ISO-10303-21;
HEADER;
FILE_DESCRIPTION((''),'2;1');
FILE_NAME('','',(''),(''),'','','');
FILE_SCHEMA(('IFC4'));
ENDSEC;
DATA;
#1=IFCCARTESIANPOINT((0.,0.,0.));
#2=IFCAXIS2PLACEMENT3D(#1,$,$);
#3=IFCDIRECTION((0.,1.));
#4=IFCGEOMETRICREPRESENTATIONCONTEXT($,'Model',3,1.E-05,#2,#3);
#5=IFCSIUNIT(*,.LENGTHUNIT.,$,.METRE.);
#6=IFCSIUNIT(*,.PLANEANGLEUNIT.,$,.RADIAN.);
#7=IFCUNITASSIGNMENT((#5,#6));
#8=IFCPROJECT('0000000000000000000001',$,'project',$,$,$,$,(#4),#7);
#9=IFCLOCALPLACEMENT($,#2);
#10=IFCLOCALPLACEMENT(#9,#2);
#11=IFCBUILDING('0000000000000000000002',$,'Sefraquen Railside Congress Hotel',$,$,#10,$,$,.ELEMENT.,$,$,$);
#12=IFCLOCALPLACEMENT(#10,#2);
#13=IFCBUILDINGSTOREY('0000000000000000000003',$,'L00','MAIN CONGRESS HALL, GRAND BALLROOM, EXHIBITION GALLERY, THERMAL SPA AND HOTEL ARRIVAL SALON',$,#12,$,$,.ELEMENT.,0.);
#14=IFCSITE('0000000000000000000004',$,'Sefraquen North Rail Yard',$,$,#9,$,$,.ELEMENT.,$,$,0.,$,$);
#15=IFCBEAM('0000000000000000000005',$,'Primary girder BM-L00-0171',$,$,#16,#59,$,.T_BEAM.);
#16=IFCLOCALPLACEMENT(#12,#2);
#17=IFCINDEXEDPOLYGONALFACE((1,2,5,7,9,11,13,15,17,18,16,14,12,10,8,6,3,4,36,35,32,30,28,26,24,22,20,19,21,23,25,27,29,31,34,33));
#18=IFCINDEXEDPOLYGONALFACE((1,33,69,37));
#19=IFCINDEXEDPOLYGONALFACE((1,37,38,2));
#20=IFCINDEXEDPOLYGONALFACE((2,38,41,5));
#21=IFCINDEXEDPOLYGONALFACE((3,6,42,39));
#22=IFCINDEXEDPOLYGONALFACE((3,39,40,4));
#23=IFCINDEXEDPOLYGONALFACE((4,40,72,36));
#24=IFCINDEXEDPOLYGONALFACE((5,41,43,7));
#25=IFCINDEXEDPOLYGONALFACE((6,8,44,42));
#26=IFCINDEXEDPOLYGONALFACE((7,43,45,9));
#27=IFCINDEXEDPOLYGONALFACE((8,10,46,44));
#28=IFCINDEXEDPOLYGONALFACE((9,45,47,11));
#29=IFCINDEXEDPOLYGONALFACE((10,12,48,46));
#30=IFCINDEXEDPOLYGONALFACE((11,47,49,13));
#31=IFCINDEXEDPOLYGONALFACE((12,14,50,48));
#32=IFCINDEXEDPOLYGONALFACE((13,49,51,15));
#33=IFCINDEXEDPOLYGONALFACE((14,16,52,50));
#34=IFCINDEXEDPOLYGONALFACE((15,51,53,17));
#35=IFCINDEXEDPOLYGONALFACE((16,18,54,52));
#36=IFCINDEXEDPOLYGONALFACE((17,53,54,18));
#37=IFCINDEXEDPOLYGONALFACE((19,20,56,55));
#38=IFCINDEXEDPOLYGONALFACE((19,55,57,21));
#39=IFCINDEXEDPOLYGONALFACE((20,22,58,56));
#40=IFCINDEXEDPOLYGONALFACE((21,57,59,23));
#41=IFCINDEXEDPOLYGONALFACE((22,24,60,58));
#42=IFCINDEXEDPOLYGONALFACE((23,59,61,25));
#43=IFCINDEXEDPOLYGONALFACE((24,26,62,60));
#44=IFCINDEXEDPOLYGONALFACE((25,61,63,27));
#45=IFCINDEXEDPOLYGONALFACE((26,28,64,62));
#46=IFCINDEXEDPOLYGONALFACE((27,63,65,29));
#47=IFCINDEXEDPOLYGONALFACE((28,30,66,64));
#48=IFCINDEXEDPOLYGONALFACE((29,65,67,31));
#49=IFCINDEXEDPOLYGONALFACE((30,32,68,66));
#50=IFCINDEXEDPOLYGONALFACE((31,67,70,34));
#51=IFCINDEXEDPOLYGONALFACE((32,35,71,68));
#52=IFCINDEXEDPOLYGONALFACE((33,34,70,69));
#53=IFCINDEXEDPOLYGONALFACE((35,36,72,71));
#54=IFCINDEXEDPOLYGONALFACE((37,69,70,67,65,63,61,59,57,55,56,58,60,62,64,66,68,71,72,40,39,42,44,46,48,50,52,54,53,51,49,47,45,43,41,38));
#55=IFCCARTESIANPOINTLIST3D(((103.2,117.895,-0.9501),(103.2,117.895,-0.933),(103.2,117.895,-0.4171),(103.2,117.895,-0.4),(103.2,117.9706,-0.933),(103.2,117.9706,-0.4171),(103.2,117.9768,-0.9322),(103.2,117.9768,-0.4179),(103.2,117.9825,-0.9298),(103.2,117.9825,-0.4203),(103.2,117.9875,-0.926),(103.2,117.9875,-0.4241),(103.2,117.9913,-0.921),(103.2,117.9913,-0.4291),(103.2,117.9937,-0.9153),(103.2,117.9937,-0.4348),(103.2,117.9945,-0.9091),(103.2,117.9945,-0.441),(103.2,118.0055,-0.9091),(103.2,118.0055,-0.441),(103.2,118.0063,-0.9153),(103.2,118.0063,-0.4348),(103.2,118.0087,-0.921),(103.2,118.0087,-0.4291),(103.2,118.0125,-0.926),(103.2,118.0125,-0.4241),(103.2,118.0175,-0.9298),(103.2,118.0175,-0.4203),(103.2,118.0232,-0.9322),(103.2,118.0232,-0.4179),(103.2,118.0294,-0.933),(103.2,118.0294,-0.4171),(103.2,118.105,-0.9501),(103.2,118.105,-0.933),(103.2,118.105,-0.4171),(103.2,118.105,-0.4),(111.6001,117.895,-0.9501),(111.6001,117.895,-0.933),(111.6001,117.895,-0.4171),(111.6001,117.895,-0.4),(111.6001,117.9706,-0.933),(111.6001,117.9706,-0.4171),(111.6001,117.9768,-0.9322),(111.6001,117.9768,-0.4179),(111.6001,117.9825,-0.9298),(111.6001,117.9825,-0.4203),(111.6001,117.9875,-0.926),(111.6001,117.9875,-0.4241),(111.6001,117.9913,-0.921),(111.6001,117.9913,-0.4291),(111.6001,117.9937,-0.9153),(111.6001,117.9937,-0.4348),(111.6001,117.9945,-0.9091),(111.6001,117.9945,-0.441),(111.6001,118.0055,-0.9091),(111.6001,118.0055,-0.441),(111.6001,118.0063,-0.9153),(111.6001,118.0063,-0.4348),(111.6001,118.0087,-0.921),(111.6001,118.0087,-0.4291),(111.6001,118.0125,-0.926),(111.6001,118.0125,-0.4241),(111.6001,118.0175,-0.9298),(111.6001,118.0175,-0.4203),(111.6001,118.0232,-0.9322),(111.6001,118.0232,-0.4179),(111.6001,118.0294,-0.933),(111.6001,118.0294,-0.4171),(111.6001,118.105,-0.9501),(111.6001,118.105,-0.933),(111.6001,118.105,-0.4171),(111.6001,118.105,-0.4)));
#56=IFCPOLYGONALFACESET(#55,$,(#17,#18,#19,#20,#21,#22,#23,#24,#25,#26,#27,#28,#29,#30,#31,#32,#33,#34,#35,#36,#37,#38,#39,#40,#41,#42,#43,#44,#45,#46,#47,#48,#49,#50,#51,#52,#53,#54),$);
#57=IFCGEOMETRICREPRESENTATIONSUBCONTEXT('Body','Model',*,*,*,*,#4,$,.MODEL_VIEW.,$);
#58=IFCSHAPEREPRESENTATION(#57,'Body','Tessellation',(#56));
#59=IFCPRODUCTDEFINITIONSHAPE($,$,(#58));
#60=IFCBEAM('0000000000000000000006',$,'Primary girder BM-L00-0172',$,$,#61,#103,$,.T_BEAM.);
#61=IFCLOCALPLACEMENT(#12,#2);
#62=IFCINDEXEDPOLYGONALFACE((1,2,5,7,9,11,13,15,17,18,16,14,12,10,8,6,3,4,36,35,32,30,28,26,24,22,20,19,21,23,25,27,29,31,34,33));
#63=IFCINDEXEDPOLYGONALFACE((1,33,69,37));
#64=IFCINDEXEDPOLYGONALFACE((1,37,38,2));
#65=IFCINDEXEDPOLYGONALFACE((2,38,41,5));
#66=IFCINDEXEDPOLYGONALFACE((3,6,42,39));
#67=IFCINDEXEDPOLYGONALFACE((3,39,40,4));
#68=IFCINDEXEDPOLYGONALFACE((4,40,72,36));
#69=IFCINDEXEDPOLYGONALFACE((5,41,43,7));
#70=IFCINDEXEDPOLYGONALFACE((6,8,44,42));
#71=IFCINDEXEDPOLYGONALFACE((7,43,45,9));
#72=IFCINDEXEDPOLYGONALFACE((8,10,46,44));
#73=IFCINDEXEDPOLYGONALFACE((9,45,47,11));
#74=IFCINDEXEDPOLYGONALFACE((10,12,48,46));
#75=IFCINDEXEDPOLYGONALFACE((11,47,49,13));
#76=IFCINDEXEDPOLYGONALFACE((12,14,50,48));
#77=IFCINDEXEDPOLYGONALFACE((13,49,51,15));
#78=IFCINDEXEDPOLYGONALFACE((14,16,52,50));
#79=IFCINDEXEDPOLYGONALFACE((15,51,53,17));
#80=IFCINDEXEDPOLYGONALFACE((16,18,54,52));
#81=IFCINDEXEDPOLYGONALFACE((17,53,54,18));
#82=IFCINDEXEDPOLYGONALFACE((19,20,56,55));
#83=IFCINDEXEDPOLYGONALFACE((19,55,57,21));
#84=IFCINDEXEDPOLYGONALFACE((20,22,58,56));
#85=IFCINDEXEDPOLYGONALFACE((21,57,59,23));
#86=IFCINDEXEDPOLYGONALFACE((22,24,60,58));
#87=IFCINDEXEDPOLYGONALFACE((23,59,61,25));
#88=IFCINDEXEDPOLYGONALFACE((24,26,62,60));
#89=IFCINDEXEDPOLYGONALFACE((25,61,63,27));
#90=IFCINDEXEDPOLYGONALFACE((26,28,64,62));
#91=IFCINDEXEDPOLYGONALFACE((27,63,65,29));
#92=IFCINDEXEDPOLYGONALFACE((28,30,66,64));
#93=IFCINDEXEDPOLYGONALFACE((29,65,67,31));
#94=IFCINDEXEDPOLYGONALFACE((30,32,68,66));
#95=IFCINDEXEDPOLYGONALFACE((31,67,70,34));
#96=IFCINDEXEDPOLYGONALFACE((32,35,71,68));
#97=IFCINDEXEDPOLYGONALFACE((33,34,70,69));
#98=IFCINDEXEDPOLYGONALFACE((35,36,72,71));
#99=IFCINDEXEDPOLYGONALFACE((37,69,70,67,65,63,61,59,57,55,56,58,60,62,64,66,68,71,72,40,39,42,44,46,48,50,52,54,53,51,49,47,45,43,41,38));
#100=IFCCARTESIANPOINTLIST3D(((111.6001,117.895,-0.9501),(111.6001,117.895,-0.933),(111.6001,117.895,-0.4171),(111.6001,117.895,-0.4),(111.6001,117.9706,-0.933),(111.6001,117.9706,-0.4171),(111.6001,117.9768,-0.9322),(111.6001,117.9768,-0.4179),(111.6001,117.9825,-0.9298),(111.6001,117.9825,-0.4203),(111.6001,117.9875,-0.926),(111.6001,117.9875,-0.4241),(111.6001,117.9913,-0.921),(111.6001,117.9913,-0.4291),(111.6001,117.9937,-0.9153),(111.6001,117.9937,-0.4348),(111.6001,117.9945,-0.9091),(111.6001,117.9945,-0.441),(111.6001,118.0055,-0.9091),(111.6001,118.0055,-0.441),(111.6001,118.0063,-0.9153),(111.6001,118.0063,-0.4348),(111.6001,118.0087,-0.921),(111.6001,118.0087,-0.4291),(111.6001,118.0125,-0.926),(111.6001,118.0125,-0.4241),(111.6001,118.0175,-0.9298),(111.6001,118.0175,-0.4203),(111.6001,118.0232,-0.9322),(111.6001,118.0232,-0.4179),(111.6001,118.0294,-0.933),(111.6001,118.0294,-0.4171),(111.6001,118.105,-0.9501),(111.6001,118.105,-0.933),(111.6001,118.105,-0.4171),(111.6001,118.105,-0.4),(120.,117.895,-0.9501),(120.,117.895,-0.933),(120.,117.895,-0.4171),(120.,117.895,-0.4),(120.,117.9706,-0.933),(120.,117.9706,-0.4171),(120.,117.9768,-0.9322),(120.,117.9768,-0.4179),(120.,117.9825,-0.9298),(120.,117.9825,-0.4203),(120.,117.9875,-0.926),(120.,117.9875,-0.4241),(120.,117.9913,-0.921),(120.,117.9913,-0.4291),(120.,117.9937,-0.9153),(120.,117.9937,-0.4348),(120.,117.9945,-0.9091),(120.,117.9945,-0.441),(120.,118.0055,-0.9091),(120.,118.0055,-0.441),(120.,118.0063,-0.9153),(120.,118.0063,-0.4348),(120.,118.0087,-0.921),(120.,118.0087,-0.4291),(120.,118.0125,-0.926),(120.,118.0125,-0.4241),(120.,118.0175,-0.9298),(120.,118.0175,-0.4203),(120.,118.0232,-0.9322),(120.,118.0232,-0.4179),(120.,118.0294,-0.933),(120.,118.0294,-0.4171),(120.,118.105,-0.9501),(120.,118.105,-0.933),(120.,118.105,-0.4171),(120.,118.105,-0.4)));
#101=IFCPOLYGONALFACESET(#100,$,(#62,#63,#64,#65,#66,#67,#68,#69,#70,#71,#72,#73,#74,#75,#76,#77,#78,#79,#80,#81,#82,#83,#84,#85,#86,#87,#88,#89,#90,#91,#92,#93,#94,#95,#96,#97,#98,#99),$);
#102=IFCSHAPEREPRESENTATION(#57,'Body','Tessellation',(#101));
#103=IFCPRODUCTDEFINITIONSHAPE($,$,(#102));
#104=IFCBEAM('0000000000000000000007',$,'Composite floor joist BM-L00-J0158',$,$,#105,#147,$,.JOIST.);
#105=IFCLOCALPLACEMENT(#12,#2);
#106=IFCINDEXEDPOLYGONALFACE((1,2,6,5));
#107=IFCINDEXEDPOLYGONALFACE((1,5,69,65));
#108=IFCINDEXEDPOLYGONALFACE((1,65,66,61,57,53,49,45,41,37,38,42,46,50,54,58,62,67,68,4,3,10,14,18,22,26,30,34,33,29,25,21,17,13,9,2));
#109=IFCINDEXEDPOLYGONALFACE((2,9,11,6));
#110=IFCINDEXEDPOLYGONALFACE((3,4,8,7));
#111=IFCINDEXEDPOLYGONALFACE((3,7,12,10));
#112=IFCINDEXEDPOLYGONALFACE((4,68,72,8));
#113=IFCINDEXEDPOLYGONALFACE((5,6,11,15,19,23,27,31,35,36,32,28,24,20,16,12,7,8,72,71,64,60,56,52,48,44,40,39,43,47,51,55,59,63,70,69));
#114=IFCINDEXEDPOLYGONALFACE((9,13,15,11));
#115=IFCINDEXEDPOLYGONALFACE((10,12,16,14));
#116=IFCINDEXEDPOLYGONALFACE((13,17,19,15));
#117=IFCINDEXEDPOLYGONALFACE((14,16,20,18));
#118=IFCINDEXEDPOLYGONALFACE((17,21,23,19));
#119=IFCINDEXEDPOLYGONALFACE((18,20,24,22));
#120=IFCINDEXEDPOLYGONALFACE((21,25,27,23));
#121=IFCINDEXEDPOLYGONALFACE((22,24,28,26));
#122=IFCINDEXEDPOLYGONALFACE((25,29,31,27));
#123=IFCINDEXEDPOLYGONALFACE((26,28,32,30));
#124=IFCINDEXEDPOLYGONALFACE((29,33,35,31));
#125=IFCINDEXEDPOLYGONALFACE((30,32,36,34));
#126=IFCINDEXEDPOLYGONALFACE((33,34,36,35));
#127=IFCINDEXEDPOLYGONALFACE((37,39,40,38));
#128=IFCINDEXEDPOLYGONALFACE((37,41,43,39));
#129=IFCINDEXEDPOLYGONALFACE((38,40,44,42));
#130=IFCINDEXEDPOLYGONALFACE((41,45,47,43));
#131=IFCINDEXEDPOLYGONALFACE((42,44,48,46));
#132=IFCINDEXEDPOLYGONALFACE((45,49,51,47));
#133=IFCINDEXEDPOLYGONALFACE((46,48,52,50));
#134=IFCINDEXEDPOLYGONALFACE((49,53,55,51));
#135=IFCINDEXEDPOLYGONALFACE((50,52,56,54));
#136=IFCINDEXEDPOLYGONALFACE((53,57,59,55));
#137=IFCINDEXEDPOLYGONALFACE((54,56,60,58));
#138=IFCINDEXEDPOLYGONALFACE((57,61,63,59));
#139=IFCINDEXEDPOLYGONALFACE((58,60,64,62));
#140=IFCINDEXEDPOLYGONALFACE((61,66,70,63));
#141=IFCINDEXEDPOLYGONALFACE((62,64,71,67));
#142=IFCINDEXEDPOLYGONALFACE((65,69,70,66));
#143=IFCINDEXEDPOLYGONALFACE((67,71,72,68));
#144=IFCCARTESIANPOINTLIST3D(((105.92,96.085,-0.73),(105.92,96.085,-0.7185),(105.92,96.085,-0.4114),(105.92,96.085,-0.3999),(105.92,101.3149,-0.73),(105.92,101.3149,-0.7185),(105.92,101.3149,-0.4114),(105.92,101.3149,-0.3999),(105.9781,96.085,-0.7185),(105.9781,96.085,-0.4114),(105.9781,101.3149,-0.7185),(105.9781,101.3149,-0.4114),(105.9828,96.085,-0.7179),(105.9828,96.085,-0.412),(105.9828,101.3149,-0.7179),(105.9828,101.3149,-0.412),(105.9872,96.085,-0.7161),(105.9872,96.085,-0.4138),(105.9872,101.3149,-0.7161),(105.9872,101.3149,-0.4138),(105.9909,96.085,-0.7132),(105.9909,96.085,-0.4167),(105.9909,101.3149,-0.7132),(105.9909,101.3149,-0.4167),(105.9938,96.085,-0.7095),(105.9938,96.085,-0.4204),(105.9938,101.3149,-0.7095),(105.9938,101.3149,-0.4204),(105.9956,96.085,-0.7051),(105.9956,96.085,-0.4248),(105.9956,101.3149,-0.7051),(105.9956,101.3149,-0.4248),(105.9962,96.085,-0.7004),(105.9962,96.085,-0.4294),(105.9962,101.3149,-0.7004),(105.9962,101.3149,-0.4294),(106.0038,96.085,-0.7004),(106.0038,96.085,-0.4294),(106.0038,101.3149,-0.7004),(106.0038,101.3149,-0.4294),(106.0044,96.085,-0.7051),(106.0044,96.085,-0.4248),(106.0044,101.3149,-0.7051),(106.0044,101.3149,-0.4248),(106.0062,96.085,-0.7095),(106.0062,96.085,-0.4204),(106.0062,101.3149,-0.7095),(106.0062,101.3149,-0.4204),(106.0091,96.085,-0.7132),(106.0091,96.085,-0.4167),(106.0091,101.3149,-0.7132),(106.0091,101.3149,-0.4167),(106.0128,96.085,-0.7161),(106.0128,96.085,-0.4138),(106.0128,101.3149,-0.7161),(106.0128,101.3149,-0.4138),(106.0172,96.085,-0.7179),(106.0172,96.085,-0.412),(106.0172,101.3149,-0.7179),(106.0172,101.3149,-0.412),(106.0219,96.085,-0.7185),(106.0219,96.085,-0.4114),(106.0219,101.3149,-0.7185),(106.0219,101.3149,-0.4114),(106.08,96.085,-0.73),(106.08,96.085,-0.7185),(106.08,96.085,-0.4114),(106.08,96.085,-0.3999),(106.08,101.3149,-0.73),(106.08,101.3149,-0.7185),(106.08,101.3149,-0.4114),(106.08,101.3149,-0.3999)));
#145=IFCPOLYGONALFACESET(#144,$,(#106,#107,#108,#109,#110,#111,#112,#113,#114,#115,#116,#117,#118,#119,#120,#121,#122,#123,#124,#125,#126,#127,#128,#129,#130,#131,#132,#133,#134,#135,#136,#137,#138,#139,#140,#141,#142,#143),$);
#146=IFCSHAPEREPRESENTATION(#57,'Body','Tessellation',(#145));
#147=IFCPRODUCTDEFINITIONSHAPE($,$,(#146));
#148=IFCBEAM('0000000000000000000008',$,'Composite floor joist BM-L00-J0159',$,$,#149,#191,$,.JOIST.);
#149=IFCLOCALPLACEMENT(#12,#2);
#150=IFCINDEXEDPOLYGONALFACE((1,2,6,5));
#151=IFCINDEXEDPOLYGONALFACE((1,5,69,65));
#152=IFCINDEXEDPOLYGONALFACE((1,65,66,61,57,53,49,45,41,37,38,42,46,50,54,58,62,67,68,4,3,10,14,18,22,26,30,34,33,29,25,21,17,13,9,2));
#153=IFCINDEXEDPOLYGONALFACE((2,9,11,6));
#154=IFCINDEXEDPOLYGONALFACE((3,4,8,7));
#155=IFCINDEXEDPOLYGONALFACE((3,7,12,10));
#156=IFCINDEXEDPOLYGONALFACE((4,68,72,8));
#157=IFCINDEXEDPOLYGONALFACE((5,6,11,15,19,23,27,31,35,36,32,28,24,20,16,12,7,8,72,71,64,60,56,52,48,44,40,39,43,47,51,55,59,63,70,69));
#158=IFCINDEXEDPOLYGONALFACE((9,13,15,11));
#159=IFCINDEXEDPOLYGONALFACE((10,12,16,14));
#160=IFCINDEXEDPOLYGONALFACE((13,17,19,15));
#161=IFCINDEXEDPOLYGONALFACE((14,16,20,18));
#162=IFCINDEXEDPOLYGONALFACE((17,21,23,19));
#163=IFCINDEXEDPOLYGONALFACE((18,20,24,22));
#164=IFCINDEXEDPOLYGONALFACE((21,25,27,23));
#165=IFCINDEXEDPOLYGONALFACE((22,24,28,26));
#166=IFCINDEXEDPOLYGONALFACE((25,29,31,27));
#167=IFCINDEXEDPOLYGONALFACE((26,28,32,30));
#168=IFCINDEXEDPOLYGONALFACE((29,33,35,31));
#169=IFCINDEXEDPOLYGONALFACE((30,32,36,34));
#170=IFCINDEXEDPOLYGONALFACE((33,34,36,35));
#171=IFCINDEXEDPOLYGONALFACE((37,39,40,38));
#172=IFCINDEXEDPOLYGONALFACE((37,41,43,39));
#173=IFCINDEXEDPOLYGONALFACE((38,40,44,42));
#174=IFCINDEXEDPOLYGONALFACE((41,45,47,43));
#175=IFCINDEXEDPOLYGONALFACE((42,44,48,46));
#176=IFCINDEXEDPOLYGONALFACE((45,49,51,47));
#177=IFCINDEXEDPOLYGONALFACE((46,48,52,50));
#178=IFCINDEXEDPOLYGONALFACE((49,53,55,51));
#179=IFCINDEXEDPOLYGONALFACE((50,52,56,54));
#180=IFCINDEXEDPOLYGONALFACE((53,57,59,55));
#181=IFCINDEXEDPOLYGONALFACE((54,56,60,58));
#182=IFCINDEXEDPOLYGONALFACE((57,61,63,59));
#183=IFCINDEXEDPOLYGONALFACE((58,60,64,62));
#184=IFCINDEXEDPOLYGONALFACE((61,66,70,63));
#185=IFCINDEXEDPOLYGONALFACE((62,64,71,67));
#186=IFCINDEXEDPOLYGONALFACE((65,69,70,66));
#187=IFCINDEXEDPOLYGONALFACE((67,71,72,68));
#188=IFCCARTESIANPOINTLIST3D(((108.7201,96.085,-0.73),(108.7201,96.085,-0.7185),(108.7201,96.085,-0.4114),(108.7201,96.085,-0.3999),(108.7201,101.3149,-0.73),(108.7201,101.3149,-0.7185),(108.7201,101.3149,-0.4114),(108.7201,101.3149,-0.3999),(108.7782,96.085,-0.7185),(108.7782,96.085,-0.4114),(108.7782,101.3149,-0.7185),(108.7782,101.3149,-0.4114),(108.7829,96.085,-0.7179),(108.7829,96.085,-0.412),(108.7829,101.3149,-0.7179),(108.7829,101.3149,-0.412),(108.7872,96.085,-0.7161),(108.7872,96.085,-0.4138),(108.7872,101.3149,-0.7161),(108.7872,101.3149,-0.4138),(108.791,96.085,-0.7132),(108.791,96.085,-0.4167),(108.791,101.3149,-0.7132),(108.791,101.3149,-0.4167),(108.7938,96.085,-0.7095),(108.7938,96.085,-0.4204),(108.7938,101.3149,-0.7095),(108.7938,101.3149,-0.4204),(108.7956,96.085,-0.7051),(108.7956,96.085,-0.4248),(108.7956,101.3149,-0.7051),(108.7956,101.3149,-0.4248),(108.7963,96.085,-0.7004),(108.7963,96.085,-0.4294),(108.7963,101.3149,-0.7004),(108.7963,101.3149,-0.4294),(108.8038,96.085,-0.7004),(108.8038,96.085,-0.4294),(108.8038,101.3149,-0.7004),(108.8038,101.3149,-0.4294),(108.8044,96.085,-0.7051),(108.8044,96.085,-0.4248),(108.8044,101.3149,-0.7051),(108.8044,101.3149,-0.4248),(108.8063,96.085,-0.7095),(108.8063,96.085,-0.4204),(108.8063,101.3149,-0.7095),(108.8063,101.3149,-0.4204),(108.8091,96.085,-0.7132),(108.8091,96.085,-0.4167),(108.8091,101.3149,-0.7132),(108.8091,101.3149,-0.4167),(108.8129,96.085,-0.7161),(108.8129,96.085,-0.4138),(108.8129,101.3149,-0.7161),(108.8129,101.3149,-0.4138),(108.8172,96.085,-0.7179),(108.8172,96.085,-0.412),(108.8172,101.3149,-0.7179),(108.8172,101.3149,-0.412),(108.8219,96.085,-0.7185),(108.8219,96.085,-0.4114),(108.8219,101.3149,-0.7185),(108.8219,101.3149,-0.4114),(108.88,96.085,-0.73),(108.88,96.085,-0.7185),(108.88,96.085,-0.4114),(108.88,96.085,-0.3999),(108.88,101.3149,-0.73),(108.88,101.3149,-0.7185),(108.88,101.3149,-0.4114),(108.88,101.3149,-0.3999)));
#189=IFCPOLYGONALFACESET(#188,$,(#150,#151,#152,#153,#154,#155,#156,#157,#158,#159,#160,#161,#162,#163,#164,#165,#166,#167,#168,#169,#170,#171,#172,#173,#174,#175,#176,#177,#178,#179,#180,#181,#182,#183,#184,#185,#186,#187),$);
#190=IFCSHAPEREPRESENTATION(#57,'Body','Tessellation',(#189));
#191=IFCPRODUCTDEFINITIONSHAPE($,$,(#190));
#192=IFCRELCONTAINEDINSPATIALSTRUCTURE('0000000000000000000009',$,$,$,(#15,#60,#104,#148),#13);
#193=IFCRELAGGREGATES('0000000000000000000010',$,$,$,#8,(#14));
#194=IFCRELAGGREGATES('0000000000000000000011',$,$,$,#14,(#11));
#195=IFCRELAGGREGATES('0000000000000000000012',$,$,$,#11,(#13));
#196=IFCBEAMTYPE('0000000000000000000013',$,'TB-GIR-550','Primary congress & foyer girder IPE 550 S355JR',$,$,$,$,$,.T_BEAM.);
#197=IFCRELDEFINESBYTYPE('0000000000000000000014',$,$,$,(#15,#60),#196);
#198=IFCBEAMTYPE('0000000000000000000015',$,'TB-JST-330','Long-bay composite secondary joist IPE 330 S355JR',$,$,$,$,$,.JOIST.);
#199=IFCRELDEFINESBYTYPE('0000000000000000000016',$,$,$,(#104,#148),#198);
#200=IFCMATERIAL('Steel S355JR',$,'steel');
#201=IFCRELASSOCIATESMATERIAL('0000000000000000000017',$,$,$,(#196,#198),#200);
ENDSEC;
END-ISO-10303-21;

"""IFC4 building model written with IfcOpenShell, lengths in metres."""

from ifc_helpers import new_model, si_unit, direction, frame, origin, origin_2d, place, context, subcontext, project, spatial, i_section, extrude, material, material_profile, profile_set, type_object, element, save


model = new_model("IFC4")

# Units and contexts
model_context = context("Model", 3, precision=1e-05, world=origin(), true_north=direction((0.0, 1.0)))
body_context = subcontext(model_context, "Body", "Model", "MODEL_VIEW")
ifc_project = project(units=[si_unit("LENGTHUNIT", "METRE"), si_unit("PLANEANGLEUNIT", "RADIAN")], contexts=[model_context])

# Site, building, storey
site_placement = place(None, origin())
site = spatial("IfcSite", under=ifc_project, at=site_placement, Name="Sefraquen North Rail Yard", CompositionType="ELEMENT", RefElevation=0.0)
building_placement = place(site_placement, origin())
building = spatial("IfcBuilding", under=site, at=building_placement, Name="Sefraquen Railside Congress Hotel", CompositionType="ELEMENT")
storey_placement = place(building_placement, origin())
storey = spatial("IfcBuildingStorey", under=building, at=storey_placement, Name="L00", Description="MAIN CONGRESS HALL, GRAND BALLROOM, EXHIBITION GALLERY, THERMAL SPA AND HOTEL ARRIVAL SALON", CompositionType="ELEMENT", Elevation=0.0)

# Shared definitions
ifc_material_1 = material(Name="Steel S355JR", Category="steel")

# Beams
ifc_material_profile_1 = material_profile(ifc_material_1, i_section(OverallWidth=0.21, OverallDepth=0.55, WebThickness=0.011, FlangeThickness=0.0171, FilletRadius=0.0239, at=origin_2d()), Name="IPE 550")
ifc_profile_set_1 = profile_set([ifc_material_profile_1], Name="Steel S355JR")
beam_type_1 = type_object("IfcBeamType", Name="TB-GIR-550", Description="Primary congress & foyer girder IPE 550 S355JR", PredefinedType="T_BEAM", material=ifc_profile_set_1)
beam_1_placement = place(storey_placement, frame((103.2, 118.0, -0.675), z_axis=(1.0, 0.0, 0.0), x_axis=(0.0, 1.0, 0.0)))
element("IfcBeam", 1, at=beam_1_placement, inside=storey, type_object=beam_type_1, Name="Primary girder BM-L00-0171", PredefinedType="T_BEAM", context=body_context, shape_type="SweptSolid", body=[
    extrude(i_section(OverallWidth=0.21, OverallDepth=0.55, WebThickness=0.011, FlangeThickness=0.0171, FilletRadius=0.0239, at=origin_2d()), origin(), (0.0, 0.0, 1.0), 8.4001),
])
beam_2_placement = place(storey_placement, frame((111.6001, 118.0, -0.675), z_axis=(1.0, 0.0, 0.0), x_axis=(0.0, 1.0, 0.0)))
element("IfcBeam", 2, at=beam_2_placement, inside=storey, type_object=beam_type_1, Name="Primary girder BM-L00-0172", PredefinedType="T_BEAM", context=body_context, shape_type="SweptSolid", body=[
    extrude(i_section(OverallWidth=0.21, OverallDepth=0.55, WebThickness=0.011, FlangeThickness=0.0171, FilletRadius=0.0239, at=origin_2d()), origin(), (0.0, 0.0, 1.0), 8.3999),
])
ifc_material_profile_2 = material_profile(ifc_material_1, i_section(OverallWidth=0.1599, OverallDepth=0.3301, WebThickness=0.0076, FlangeThickness=0.0115, FilletRadius=0.0181, at=origin_2d()), Name="IPE 330")
ifc_profile_set_2 = profile_set([ifc_material_profile_2], Name="Steel S355JR")
beam_type_2 = type_object("IfcBeamType", Name="TB-JST-330", Description="Long-bay composite secondary joist IPE 330 S355JR", PredefinedType="JOIST", material=ifc_profile_set_2)
for number, where, z_axis, x_axis, name in (
    (3, (106.0, 96.085, -0.5649), (0.0, 1.0, 0.0), (-1.0, 0.0, 0.0), "Composite floor joist BM-L00-J0158"),
    (4, (108.8, 96.085, -0.5649), (0.0, 1.0, 0.0), (-1.0, 0.0, 0.0), "Composite floor joist BM-L00-J0159"),
):
    element("IfcBeam", number, at=place(storey_placement, frame(where, z_axis=z_axis, x_axis=x_axis)), inside=storey, type_object=beam_type_2, Name=name, PredefinedType="JOIST", context=body_context, shape_type="SweptSolid", body=[
        extrude(i_section(OverallWidth=0.1599, OverallDepth=0.3301, WebThickness=0.0076, FlangeThickness=0.0115, FilletRadius=0.0181, at=origin_2d()), origin(), (0.0, 0.0, 1.0), 5.23),
    ])

save(model, "model.ifc")
